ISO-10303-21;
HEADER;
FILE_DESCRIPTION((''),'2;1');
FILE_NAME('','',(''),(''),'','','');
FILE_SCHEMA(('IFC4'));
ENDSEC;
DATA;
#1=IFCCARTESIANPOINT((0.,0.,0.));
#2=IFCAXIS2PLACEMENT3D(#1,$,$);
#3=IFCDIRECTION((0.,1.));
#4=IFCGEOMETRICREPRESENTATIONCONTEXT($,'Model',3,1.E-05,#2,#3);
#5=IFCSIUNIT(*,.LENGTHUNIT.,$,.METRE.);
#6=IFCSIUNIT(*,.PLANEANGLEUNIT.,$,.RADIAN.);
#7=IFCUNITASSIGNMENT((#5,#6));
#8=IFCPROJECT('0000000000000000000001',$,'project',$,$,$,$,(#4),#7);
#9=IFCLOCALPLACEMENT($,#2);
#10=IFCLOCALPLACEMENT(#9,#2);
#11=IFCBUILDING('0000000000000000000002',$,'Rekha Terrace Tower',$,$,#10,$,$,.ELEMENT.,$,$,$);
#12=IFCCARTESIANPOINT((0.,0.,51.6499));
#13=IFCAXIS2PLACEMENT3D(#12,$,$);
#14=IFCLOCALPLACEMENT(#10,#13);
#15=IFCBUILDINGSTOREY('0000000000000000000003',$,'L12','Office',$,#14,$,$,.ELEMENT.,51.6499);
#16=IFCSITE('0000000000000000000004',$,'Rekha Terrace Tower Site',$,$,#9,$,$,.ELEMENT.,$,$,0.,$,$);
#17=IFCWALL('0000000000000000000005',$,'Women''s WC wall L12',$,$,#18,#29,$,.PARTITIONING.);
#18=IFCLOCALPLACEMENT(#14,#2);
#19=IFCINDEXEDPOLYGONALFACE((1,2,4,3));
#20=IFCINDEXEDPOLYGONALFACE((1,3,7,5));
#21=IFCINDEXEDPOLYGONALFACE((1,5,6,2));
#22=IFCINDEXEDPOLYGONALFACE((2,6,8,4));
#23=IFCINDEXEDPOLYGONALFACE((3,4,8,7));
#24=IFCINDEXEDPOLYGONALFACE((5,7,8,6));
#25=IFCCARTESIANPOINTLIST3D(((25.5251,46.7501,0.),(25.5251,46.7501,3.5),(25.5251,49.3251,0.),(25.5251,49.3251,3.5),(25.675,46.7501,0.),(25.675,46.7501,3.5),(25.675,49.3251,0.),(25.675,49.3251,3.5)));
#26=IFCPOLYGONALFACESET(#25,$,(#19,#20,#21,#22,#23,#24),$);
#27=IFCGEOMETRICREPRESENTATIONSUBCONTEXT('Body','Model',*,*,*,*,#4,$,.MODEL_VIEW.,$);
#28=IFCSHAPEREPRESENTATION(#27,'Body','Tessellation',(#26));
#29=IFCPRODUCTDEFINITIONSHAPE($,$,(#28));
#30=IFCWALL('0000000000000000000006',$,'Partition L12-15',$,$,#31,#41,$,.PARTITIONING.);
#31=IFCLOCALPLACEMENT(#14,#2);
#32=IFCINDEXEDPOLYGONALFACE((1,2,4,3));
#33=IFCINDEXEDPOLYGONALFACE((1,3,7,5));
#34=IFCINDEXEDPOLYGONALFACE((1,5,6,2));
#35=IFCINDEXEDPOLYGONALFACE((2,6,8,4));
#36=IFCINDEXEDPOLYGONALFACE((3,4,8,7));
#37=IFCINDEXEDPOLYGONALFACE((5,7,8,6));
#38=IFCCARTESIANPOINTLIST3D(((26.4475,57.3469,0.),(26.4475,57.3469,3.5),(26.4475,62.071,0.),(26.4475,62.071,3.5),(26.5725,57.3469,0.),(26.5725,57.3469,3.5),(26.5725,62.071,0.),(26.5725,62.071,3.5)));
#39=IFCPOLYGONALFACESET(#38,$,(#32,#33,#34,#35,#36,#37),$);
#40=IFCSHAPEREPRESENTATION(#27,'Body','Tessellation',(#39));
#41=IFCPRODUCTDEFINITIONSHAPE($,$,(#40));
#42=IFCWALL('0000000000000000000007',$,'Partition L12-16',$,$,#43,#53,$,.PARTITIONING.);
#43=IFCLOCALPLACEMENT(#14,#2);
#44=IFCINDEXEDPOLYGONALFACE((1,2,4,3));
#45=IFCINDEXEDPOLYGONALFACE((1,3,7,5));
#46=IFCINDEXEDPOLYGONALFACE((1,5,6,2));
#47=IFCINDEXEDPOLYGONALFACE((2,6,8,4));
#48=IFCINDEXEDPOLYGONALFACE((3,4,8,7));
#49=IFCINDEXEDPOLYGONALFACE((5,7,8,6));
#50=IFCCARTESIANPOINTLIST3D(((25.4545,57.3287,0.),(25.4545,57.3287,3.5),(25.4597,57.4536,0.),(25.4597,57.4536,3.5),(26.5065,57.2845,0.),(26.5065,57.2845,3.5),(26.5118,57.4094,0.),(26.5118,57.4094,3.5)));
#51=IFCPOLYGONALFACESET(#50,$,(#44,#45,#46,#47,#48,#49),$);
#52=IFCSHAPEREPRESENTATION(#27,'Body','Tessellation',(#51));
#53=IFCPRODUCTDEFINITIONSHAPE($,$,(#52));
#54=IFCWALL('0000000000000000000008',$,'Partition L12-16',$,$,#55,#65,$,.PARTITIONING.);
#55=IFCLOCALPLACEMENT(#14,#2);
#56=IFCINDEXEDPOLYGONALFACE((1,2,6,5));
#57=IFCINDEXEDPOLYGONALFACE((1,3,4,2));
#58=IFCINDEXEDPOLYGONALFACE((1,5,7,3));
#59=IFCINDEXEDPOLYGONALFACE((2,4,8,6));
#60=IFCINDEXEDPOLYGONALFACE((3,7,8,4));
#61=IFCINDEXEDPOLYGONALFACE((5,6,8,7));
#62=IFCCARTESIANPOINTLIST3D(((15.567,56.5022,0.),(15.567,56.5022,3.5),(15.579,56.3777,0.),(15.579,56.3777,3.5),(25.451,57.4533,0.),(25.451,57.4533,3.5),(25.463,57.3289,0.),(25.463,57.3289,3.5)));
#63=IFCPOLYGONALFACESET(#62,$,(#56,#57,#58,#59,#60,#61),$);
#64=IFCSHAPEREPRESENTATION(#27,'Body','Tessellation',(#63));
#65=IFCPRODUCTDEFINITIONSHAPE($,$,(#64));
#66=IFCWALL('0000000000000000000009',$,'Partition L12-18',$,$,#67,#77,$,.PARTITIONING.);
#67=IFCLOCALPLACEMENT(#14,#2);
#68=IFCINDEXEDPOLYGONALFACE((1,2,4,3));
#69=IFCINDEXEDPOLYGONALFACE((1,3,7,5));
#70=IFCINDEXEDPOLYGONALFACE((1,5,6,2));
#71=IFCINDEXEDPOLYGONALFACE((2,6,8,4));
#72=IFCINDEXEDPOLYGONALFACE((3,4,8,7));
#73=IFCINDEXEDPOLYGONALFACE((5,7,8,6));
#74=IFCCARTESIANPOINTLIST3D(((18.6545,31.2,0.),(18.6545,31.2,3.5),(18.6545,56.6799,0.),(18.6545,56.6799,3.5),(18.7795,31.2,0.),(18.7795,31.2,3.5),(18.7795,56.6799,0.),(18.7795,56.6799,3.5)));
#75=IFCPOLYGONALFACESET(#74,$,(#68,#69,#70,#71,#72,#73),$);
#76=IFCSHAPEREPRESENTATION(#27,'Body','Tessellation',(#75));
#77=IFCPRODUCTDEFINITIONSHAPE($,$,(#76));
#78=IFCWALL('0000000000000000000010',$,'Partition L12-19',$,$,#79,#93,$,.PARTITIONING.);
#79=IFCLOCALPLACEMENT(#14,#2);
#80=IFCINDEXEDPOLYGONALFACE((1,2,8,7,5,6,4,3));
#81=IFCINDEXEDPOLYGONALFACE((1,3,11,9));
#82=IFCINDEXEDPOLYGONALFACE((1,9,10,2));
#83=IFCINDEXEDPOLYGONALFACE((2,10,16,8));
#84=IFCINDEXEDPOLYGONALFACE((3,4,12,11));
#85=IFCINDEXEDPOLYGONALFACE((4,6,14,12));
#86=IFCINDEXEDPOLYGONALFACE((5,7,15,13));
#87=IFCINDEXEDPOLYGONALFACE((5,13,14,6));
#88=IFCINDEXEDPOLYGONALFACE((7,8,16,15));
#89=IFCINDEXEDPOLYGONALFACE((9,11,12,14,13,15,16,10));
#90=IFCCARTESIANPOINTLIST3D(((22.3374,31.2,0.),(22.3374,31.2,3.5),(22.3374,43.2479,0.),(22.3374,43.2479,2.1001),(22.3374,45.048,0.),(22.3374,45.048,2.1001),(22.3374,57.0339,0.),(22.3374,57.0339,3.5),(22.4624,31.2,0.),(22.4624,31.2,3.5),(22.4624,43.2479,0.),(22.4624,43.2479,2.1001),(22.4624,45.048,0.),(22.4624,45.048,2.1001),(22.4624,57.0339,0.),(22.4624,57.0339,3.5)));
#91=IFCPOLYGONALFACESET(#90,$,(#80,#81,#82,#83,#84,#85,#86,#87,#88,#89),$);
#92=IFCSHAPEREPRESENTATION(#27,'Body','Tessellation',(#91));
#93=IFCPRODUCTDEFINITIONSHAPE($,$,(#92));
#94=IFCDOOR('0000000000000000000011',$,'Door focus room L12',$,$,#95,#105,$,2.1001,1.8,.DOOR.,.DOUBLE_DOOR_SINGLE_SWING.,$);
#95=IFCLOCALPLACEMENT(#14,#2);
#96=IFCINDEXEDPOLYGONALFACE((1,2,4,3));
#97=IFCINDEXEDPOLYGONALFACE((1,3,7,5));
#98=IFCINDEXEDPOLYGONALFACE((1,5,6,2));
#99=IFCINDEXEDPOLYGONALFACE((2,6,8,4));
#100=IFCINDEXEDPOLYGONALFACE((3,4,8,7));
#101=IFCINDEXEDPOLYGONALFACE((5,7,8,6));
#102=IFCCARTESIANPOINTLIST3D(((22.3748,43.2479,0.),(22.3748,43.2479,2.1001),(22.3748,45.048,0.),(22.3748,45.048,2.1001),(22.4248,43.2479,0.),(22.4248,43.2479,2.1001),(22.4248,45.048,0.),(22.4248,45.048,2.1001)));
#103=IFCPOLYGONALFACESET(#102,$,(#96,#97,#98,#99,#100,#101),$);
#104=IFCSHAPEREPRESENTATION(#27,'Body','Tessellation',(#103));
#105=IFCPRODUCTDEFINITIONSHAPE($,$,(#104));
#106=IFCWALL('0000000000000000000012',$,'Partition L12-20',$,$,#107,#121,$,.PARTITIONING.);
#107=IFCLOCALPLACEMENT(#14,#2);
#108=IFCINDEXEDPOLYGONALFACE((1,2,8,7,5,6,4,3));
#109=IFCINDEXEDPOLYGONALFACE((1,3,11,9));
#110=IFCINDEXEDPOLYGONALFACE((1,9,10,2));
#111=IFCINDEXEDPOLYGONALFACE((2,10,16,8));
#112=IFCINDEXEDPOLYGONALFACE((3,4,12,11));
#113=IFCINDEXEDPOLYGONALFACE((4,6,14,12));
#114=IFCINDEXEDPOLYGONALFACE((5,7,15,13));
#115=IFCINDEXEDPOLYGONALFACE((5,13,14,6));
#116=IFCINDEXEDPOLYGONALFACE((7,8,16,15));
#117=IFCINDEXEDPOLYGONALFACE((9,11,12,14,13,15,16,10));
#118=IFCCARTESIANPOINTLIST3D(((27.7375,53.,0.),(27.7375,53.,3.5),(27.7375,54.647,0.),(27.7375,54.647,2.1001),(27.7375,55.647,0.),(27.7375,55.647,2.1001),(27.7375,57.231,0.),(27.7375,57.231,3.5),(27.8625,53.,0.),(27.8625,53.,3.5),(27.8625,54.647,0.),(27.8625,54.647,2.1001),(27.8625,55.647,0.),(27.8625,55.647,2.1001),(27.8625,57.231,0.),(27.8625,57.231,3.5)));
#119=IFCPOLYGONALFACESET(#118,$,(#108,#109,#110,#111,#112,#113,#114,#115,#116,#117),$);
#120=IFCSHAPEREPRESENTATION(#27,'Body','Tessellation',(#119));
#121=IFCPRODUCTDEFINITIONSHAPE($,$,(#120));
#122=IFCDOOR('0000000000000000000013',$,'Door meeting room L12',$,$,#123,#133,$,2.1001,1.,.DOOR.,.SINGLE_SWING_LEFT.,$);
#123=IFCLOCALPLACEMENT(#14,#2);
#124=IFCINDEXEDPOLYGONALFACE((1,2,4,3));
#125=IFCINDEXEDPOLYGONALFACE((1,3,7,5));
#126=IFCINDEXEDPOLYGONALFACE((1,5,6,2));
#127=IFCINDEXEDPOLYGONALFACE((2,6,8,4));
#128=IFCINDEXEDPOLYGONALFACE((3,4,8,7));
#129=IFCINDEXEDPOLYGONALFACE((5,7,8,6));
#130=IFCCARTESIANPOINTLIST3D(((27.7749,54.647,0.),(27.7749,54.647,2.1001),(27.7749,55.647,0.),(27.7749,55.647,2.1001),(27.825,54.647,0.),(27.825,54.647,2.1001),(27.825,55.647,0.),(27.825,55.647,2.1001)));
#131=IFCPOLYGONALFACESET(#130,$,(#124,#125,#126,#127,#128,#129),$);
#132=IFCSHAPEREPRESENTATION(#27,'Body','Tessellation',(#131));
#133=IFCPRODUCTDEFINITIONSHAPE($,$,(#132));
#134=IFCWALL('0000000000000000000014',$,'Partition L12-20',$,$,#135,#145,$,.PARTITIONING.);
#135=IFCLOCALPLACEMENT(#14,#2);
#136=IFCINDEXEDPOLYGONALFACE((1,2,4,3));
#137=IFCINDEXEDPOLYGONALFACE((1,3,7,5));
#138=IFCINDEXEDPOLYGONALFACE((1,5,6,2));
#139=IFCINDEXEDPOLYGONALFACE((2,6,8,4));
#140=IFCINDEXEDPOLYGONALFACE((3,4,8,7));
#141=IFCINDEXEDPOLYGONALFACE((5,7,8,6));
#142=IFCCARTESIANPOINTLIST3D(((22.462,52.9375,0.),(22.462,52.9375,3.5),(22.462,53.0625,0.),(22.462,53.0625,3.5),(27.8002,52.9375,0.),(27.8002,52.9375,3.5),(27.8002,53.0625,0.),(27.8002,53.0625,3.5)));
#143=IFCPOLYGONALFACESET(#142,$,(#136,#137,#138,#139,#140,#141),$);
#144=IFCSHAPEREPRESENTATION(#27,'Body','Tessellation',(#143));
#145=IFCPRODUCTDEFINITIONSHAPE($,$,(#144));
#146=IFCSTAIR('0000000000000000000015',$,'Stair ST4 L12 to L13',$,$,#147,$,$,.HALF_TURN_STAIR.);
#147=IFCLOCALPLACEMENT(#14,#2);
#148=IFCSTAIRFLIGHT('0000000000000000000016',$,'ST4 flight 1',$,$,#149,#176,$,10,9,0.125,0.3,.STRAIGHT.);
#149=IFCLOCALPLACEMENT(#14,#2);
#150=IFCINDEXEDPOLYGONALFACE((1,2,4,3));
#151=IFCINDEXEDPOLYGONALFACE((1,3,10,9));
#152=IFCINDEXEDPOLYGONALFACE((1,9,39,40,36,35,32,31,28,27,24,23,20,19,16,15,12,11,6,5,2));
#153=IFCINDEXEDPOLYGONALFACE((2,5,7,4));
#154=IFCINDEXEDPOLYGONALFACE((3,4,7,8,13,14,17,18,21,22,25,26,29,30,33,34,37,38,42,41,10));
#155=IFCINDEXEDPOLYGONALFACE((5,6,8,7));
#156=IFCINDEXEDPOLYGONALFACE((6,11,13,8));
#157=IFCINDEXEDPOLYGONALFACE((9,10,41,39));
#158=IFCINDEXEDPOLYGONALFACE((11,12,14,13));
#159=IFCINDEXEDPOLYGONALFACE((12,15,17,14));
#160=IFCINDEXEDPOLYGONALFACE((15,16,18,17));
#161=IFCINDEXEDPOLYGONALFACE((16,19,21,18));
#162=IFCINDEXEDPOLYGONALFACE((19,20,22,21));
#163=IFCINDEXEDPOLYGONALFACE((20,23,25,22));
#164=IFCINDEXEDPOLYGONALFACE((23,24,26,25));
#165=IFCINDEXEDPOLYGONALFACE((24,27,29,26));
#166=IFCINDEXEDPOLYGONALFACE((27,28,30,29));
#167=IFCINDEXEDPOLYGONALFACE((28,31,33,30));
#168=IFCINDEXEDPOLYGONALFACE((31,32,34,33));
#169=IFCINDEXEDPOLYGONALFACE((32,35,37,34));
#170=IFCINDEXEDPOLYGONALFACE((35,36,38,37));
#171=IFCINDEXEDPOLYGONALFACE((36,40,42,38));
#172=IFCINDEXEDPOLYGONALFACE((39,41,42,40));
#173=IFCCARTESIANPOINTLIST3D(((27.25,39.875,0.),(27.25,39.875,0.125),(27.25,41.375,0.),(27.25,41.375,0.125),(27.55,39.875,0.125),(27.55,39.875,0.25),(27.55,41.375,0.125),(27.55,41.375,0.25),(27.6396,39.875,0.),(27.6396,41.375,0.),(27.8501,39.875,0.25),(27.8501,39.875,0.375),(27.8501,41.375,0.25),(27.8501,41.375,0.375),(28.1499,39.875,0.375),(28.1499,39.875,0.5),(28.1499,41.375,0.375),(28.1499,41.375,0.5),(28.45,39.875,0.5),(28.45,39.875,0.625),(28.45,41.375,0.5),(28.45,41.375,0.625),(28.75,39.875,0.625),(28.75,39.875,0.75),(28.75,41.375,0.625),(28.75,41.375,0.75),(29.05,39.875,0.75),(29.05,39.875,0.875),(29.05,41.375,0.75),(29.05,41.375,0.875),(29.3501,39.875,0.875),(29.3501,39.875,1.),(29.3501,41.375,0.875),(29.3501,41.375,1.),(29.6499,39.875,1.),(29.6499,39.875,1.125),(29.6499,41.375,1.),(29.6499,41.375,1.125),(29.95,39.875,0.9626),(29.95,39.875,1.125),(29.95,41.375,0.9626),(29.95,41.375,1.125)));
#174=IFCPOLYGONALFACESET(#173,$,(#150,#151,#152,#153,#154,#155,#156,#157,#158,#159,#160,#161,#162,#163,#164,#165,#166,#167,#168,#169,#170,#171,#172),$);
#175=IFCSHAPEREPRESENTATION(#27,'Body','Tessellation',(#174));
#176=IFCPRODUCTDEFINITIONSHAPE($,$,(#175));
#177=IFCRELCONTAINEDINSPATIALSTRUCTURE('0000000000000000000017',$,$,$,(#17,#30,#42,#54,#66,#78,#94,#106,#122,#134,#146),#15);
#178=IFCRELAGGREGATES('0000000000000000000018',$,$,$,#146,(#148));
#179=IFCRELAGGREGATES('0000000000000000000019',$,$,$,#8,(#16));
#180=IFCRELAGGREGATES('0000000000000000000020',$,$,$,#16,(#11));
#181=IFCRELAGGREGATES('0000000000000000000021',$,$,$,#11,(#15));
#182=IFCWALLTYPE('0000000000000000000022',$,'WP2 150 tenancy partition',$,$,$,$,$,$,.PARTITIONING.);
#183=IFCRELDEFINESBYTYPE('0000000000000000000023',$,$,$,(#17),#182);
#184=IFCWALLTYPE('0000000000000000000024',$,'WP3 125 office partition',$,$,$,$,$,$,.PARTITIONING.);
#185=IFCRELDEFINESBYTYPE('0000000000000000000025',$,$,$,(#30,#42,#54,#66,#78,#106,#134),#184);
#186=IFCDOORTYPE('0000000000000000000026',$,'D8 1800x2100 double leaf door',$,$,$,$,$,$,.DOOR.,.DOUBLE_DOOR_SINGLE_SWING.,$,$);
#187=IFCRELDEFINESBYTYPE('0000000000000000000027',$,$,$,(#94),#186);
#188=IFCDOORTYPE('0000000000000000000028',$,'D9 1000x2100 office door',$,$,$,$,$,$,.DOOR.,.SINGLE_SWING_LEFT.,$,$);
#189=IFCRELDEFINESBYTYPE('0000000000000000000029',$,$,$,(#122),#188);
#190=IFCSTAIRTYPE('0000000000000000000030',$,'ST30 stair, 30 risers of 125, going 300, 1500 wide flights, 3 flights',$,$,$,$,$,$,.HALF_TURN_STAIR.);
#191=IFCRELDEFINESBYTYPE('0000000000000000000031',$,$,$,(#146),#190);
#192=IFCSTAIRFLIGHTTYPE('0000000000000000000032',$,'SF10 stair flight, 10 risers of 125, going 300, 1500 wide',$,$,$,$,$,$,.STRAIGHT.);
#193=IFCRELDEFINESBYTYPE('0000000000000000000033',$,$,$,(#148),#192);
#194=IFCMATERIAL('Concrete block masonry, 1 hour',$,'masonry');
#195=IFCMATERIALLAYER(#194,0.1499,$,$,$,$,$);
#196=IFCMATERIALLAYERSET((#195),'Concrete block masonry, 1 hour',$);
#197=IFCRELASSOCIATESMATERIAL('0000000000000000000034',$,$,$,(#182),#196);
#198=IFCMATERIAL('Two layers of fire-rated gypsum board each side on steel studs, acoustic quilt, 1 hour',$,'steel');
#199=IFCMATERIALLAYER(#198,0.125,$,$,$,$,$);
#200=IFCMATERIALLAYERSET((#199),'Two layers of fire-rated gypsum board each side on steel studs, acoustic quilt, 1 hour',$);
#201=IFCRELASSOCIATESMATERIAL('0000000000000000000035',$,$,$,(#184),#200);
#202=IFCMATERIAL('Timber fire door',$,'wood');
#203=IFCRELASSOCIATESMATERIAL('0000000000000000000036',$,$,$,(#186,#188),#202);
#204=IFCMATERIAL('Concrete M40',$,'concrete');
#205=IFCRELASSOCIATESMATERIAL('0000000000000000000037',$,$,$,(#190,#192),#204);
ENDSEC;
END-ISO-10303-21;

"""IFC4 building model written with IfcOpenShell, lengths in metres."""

from ifc_helpers import new_model, si_unit, direction, frame, frame_2d, origin, place, context, subcontext, project, spatial, polyline, rectangle, outline, extrude, material, layer, layer_set, type_object, element, fill, aggregate, save


model = new_model("IFC4")

# Units and contexts
model_context = context("Model", 3, precision=1e-05, world=origin(), true_north=direction((0.0, 1.0)))
body_context = subcontext(model_context, "Body", "Model", "MODEL_VIEW")
ifc_project = project(units=[si_unit("LENGTHUNIT", "METRE"), si_unit("PLANEANGLEUNIT", "RADIAN")], contexts=[model_context])

# Site, building, storey
site_placement = place(None, origin())
site = spatial("IfcSite", under=ifc_project, at=site_placement, Name="Rekha Terrace Tower Site", CompositionType="ELEMENT", RefElevation=0.0)
building_placement = place(site_placement, origin())
building = spatial("IfcBuilding", under=site, at=building_placement, Name="Rekha Terrace Tower", CompositionType="ELEMENT")
storey_placement = place(building_placement, frame((0.0, 0.0, 51.6499)))
storey = spatial("IfcBuildingStorey", under=building, at=storey_placement, Name="L12", Description="Office", CompositionType="ELEMENT", Elevation=51.6499)

# Shared definitions
ifc_material_1 = material(Name="Concrete block masonry, 1 hour", Category="masonry")
ifc_layer_1 = layer(ifc_material_1, 0.1499)
ifc_layer_set_1 = layer_set([ifc_layer_1], Name="Concrete block masonry, 1 hour")
wall_type_1 = type_object("IfcWallType", Name="WP2 150 tenancy partition", PredefinedType="PARTITIONING", material=ifc_layer_set_1)

# Walls
wall_1_placement = place(storey_placement, frame((25.6001, 46.75, 0.0), z_axis=(0.0, 0.0, 1.0), x_axis=(0.0, 1.0, 0.0)))
element("IfcWall", 1, at=wall_1_placement, inside=storey, type_object=wall_type_1, Name="Women's WC wall L12", PredefinedType="PARTITIONING", context=body_context, shape_type="SweptSolid", body=[
    extrude(rectangle(XDim=2.575, YDim=0.1499, at=frame_2d((1.2876, 0.0))), origin(), (0.0, 0.0, 1.0), 3.5),
])
ifc_material_2 = material(Name="Two layers of fire-rated gypsum board each side on steel studs, acoustic quilt, 1 hour", Category="steel")
ifc_layer_2 = layer(ifc_material_2, 0.125)
ifc_layer_set_2 = layer_set([ifc_layer_2], Name="Two layers of fire-rated gypsum board each side on steel studs, acoustic quilt, 1 hour")
wall_type_2 = type_object("IfcWallType", Name="WP3 125 office partition", PredefinedType="PARTITIONING", material=ifc_layer_set_2)
wall_2_placement = place(storey_placement, frame((26.51, 57.3469, 0.0), z_axis=(0.0, 0.0, 1.0), x_axis=(0.0, 1.0, 0.0)))
element("IfcWall", 2, at=wall_2_placement, inside=storey, type_object=wall_type_2, Name="Partition L12-15", PredefinedType="PARTITIONING", context=body_context, shape_type="SweptSolid", body=[
    extrude(rectangle(XDim=4.7241, YDim=0.125, at=frame_2d((2.3621, 0.0))), origin(), (0.0, 0.0, 1.0), 3.5),
])
wall_3_placement = place(storey_placement, frame((26.509, 57.3469, 0.0), z_axis=(0.0, 0.0, 1.0), x_axis=(-0.999119, 0.041968, 0.0)))
element("IfcWall", 3, at=wall_3_placement, inside=storey, type_object=wall_type_2, Name="Partition L12-16", PredefinedType="PARTITIONING", context=body_context, shape_type="SweptSolid", body=[
    extrude(rectangle(XDim=1.053, YDim=0.125, at=frame_2d((0.5264, 0.0))), origin(), (0.0, 0.0, 1.0), 3.5),
])
wall_4_placement = place(storey_placement, frame((25.457, 57.3911, 0.0), z_axis=(0.0, 0.0, 1.0), x_axis=(-0.995402, -0.095791, 0.0)))
element("IfcWall", 4, at=wall_4_placement, inside=storey, type_object=wall_type_2, Name="Partition L12-16", PredefinedType="PARTITIONING", context=body_context, shape_type="SweptSolid", body=[
    extrude(rectangle(XDim=9.9297, YDim=0.125, at=frame_2d((4.9648, 0.0))), origin(), (0.0, 0.0, 1.0), 3.5),
])
wall_5_placement = place(storey_placement, frame((18.717, 56.6799, 0.0), z_axis=(0.0, 0.0, 1.0), x_axis=(0.0, -1.0, 0.0)))
element("IfcWall", 5, at=wall_5_placement, inside=storey, type_object=wall_type_2, Name="Partition L12-18", PredefinedType="PARTITIONING", context=body_context, shape_type="SweptSolid", body=[
    extrude(rectangle(XDim=25.48, YDim=0.125, at=frame_2d((12.74, 0.0))), origin(), (0.0, 0.0, 1.0), 3.5),
])

# Walls, openings, doors
wall_6_placement = place(storey_placement, frame((22.3999, 57.0339, 0.0), z_axis=(0.0, 0.0, 1.0), x_axis=(0.0, -1.0, 0.0)))
wall_6 = element("IfcWall", 6, at=wall_6_placement, inside=storey, type_object=wall_type_2, Name="Partition L12-19", PredefinedType="PARTITIONING", context=body_context, shape_type="SweptSolid", body=[
    extrude(rectangle(XDim=25.834, YDim=0.125, at=frame_2d((12.917, 0.0))), origin(), (0.0, 0.0, 1.0), 3.5),
])
opening_1_placement = place(wall_6_placement, frame((11.9861, 0.0, 0.0)))
opening_1 = element("IfcOpeningElement", 7, at=opening_1_placement, cuts=wall_6, PredefinedType="OPENING", context=body_context, shape_type="SweptSolid", body=[
    extrude(rectangle(XDim=1.8, YDim=2.1001, at=frame_2d((0.8999, 1.05))), frame((0.0, 0.0725, 0.0), z_axis=(0.0, -1.0, 0.0), x_axis=(1.0, 0.0, 0.0)), (0.0, 0.0, 1.0), 0.145),
])
ifc_material_3 = material(Name="Timber fire door", Category="wood")
door_type_1 = type_object("IfcDoorType", Name="D8 1800x2100 double leaf door", OperationType="DOUBLE_DOOR_SINGLE_SWING", PredefinedType="DOOR", material=ifc_material_3)
door_1_placement = place(opening_1_placement, origin())
door_1 = element("IfcDoor", 8, at=door_1_placement, inside=storey, type_object=door_type_1, Name="Door focus room L12", OperationType="DOUBLE_DOOR_SINGLE_SWING", OverallHeight=2.1001, OverallWidth=1.8, PredefinedType="DOOR", context=body_context, shape_type="SweptSolid", body=[
    extrude(rectangle(XDim=1.8, YDim=2.1001, at=frame_2d((0.8999, 1.05))), frame((0.0, 0.0249, 0.0), z_axis=(0.0, -1.0, 0.0), x_axis=(1.0, 0.0, 0.0)), (0.0, 0.0, 1.0), 0.05),
])
fill(opening_1, door_1)
wall_7_placement = place(storey_placement, frame((27.8, 57.231, 0.0), z_axis=(0.0, 0.0, 1.0), x_axis=(0.0, -1.0, 0.0)))
wall_7 = element("IfcWall", 9, at=wall_7_placement, inside=storey, type_object=wall_type_2, Name="Partition L12-20", PredefinedType="PARTITIONING", context=body_context, shape_type="SweptSolid", body=[
    extrude(rectangle(XDim=4.231, YDim=0.125, at=frame_2d((2.1155, 0.0))), origin(), (0.0, 0.0, 1.0), 3.5),
])
opening_2_placement = place(wall_7_placement, frame((1.584, 0.0, 0.0)))
opening_2 = element("IfcOpeningElement", 10, at=opening_2_placement, cuts=wall_7, PredefinedType="OPENING", context=body_context, shape_type="SweptSolid", body=[
    extrude(rectangle(XDim=1.0, YDim=2.1001, at=frame_2d((0.5, 1.05))), frame((0.0, 0.0725, 0.0), z_axis=(0.0, -1.0, 0.0), x_axis=(1.0, 0.0, 0.0)), (0.0, 0.0, 1.0), 0.145),
])
door_type_2 = type_object("IfcDoorType", Name="D9 1000x2100 office door", OperationType="SINGLE_SWING_LEFT", PredefinedType="DOOR", material=ifc_material_3)
door_2_placement = place(opening_2_placement, origin())
door_2 = element("IfcDoor", 11, at=door_2_placement, inside=storey, type_object=door_type_2, Name="Door meeting room L12", OperationType="SINGLE_SWING_LEFT", OverallHeight=2.1001, OverallWidth=1.0, PredefinedType="DOOR", context=body_context, shape_type="SweptSolid", body=[
    extrude(rectangle(XDim=1.0, YDim=2.1001, at=frame_2d((0.5, 1.05))), frame((0.0, 0.0249, 0.0), z_axis=(0.0, -1.0, 0.0), x_axis=(1.0, 0.0, 0.0)), (0.0, 0.0, 1.0), 0.05),
])
fill(opening_2, door_2)

# Wall
wall_8_placement = place(storey_placement, frame((27.8, 53.0, 0.0), z_axis=(0.0, 0.0, 1.0), x_axis=(-1.0, 0.0, 0.0)))
element("IfcWall", 12, at=wall_8_placement, inside=storey, type_object=wall_type_2, Name="Partition L12-20", PredefinedType="PARTITIONING", context=body_context, shape_type="SweptSolid", body=[
    extrude(rectangle(XDim=5.3381, YDim=0.125, at=frame_2d((2.6689, 0.0))), origin(), (0.0, 0.0, 1.0), 3.5),
])

# Stair, stair flight
ifc_material_4 = material(Name="Concrete M40", Category="concrete")
stair_type = type_object("IfcStairType", Name="ST30 stair, 30 risers of 125, going 300, 1500 wide flights, 3 flights", PredefinedType="HALF_TURN_STAIR", material=ifc_material_4)
stair_placement = place(storey_placement, origin())
stair = element("IfcStair", 13, at=stair_placement, inside=storey, type_object=stair_type, Name="Stair ST4 L12 to L13", PredefinedType="HALF_TURN_STAIR")
stair_flight_type = type_object("IfcStairFlightType", Name="SF10 stair flight, 10 risers of 125, going 300, 1500 wide", PredefinedType="STRAIGHT", material=ifc_material_4)
stair_flight_1_placement = place(storey_placement, frame((27.25, 40.625, 0.0), z_axis=(0.0, 0.0, 1.0), x_axis=(1.0, 0.0, 0.0)))
stair_flight_1 = element("IfcStairFlight", 14, at=stair_flight_1_placement, type_object=stair_flight_type, Name="ST4 flight 1", NumberOfRisers=10, NumberOfTreads=9, PredefinedType="STRAIGHT", RiserHeight=0.125, TreadLength=0.3, context=body_context, shape_type="SweptSolid", body=[
    extrude(outline(polyline([(0.0, 0.0), (0.0, 0.125), (0.3, 0.125), (0.3, 0.25), (0.6001, 0.25), (0.6001, 0.375), (0.8999, 0.375), (0.8999, 0.5), (1.2, 0.5), (1.2, 0.625), (1.5, 0.625), (1.5, 0.75), (1.8, 0.75), (1.8, 0.875), (2.1001, 0.875), (2.1001, 1.0), (2.3999, 1.0), (2.3999, 1.125), (2.7, 1.125), (2.7, 1.25), (2.7, 0.9626), (0.3896, 0.0), (0.0, 0.0)])), frame((0.0, 0.75, 0.0), z_axis=(0.0, -1.0, 0.0), x_axis=(1.0, 0.0, 0.0)), (0.0, 0.0, 1.0), 1.5),
])
aggregate(stair, [stair_flight_1])

save(model, "model.ifc")
